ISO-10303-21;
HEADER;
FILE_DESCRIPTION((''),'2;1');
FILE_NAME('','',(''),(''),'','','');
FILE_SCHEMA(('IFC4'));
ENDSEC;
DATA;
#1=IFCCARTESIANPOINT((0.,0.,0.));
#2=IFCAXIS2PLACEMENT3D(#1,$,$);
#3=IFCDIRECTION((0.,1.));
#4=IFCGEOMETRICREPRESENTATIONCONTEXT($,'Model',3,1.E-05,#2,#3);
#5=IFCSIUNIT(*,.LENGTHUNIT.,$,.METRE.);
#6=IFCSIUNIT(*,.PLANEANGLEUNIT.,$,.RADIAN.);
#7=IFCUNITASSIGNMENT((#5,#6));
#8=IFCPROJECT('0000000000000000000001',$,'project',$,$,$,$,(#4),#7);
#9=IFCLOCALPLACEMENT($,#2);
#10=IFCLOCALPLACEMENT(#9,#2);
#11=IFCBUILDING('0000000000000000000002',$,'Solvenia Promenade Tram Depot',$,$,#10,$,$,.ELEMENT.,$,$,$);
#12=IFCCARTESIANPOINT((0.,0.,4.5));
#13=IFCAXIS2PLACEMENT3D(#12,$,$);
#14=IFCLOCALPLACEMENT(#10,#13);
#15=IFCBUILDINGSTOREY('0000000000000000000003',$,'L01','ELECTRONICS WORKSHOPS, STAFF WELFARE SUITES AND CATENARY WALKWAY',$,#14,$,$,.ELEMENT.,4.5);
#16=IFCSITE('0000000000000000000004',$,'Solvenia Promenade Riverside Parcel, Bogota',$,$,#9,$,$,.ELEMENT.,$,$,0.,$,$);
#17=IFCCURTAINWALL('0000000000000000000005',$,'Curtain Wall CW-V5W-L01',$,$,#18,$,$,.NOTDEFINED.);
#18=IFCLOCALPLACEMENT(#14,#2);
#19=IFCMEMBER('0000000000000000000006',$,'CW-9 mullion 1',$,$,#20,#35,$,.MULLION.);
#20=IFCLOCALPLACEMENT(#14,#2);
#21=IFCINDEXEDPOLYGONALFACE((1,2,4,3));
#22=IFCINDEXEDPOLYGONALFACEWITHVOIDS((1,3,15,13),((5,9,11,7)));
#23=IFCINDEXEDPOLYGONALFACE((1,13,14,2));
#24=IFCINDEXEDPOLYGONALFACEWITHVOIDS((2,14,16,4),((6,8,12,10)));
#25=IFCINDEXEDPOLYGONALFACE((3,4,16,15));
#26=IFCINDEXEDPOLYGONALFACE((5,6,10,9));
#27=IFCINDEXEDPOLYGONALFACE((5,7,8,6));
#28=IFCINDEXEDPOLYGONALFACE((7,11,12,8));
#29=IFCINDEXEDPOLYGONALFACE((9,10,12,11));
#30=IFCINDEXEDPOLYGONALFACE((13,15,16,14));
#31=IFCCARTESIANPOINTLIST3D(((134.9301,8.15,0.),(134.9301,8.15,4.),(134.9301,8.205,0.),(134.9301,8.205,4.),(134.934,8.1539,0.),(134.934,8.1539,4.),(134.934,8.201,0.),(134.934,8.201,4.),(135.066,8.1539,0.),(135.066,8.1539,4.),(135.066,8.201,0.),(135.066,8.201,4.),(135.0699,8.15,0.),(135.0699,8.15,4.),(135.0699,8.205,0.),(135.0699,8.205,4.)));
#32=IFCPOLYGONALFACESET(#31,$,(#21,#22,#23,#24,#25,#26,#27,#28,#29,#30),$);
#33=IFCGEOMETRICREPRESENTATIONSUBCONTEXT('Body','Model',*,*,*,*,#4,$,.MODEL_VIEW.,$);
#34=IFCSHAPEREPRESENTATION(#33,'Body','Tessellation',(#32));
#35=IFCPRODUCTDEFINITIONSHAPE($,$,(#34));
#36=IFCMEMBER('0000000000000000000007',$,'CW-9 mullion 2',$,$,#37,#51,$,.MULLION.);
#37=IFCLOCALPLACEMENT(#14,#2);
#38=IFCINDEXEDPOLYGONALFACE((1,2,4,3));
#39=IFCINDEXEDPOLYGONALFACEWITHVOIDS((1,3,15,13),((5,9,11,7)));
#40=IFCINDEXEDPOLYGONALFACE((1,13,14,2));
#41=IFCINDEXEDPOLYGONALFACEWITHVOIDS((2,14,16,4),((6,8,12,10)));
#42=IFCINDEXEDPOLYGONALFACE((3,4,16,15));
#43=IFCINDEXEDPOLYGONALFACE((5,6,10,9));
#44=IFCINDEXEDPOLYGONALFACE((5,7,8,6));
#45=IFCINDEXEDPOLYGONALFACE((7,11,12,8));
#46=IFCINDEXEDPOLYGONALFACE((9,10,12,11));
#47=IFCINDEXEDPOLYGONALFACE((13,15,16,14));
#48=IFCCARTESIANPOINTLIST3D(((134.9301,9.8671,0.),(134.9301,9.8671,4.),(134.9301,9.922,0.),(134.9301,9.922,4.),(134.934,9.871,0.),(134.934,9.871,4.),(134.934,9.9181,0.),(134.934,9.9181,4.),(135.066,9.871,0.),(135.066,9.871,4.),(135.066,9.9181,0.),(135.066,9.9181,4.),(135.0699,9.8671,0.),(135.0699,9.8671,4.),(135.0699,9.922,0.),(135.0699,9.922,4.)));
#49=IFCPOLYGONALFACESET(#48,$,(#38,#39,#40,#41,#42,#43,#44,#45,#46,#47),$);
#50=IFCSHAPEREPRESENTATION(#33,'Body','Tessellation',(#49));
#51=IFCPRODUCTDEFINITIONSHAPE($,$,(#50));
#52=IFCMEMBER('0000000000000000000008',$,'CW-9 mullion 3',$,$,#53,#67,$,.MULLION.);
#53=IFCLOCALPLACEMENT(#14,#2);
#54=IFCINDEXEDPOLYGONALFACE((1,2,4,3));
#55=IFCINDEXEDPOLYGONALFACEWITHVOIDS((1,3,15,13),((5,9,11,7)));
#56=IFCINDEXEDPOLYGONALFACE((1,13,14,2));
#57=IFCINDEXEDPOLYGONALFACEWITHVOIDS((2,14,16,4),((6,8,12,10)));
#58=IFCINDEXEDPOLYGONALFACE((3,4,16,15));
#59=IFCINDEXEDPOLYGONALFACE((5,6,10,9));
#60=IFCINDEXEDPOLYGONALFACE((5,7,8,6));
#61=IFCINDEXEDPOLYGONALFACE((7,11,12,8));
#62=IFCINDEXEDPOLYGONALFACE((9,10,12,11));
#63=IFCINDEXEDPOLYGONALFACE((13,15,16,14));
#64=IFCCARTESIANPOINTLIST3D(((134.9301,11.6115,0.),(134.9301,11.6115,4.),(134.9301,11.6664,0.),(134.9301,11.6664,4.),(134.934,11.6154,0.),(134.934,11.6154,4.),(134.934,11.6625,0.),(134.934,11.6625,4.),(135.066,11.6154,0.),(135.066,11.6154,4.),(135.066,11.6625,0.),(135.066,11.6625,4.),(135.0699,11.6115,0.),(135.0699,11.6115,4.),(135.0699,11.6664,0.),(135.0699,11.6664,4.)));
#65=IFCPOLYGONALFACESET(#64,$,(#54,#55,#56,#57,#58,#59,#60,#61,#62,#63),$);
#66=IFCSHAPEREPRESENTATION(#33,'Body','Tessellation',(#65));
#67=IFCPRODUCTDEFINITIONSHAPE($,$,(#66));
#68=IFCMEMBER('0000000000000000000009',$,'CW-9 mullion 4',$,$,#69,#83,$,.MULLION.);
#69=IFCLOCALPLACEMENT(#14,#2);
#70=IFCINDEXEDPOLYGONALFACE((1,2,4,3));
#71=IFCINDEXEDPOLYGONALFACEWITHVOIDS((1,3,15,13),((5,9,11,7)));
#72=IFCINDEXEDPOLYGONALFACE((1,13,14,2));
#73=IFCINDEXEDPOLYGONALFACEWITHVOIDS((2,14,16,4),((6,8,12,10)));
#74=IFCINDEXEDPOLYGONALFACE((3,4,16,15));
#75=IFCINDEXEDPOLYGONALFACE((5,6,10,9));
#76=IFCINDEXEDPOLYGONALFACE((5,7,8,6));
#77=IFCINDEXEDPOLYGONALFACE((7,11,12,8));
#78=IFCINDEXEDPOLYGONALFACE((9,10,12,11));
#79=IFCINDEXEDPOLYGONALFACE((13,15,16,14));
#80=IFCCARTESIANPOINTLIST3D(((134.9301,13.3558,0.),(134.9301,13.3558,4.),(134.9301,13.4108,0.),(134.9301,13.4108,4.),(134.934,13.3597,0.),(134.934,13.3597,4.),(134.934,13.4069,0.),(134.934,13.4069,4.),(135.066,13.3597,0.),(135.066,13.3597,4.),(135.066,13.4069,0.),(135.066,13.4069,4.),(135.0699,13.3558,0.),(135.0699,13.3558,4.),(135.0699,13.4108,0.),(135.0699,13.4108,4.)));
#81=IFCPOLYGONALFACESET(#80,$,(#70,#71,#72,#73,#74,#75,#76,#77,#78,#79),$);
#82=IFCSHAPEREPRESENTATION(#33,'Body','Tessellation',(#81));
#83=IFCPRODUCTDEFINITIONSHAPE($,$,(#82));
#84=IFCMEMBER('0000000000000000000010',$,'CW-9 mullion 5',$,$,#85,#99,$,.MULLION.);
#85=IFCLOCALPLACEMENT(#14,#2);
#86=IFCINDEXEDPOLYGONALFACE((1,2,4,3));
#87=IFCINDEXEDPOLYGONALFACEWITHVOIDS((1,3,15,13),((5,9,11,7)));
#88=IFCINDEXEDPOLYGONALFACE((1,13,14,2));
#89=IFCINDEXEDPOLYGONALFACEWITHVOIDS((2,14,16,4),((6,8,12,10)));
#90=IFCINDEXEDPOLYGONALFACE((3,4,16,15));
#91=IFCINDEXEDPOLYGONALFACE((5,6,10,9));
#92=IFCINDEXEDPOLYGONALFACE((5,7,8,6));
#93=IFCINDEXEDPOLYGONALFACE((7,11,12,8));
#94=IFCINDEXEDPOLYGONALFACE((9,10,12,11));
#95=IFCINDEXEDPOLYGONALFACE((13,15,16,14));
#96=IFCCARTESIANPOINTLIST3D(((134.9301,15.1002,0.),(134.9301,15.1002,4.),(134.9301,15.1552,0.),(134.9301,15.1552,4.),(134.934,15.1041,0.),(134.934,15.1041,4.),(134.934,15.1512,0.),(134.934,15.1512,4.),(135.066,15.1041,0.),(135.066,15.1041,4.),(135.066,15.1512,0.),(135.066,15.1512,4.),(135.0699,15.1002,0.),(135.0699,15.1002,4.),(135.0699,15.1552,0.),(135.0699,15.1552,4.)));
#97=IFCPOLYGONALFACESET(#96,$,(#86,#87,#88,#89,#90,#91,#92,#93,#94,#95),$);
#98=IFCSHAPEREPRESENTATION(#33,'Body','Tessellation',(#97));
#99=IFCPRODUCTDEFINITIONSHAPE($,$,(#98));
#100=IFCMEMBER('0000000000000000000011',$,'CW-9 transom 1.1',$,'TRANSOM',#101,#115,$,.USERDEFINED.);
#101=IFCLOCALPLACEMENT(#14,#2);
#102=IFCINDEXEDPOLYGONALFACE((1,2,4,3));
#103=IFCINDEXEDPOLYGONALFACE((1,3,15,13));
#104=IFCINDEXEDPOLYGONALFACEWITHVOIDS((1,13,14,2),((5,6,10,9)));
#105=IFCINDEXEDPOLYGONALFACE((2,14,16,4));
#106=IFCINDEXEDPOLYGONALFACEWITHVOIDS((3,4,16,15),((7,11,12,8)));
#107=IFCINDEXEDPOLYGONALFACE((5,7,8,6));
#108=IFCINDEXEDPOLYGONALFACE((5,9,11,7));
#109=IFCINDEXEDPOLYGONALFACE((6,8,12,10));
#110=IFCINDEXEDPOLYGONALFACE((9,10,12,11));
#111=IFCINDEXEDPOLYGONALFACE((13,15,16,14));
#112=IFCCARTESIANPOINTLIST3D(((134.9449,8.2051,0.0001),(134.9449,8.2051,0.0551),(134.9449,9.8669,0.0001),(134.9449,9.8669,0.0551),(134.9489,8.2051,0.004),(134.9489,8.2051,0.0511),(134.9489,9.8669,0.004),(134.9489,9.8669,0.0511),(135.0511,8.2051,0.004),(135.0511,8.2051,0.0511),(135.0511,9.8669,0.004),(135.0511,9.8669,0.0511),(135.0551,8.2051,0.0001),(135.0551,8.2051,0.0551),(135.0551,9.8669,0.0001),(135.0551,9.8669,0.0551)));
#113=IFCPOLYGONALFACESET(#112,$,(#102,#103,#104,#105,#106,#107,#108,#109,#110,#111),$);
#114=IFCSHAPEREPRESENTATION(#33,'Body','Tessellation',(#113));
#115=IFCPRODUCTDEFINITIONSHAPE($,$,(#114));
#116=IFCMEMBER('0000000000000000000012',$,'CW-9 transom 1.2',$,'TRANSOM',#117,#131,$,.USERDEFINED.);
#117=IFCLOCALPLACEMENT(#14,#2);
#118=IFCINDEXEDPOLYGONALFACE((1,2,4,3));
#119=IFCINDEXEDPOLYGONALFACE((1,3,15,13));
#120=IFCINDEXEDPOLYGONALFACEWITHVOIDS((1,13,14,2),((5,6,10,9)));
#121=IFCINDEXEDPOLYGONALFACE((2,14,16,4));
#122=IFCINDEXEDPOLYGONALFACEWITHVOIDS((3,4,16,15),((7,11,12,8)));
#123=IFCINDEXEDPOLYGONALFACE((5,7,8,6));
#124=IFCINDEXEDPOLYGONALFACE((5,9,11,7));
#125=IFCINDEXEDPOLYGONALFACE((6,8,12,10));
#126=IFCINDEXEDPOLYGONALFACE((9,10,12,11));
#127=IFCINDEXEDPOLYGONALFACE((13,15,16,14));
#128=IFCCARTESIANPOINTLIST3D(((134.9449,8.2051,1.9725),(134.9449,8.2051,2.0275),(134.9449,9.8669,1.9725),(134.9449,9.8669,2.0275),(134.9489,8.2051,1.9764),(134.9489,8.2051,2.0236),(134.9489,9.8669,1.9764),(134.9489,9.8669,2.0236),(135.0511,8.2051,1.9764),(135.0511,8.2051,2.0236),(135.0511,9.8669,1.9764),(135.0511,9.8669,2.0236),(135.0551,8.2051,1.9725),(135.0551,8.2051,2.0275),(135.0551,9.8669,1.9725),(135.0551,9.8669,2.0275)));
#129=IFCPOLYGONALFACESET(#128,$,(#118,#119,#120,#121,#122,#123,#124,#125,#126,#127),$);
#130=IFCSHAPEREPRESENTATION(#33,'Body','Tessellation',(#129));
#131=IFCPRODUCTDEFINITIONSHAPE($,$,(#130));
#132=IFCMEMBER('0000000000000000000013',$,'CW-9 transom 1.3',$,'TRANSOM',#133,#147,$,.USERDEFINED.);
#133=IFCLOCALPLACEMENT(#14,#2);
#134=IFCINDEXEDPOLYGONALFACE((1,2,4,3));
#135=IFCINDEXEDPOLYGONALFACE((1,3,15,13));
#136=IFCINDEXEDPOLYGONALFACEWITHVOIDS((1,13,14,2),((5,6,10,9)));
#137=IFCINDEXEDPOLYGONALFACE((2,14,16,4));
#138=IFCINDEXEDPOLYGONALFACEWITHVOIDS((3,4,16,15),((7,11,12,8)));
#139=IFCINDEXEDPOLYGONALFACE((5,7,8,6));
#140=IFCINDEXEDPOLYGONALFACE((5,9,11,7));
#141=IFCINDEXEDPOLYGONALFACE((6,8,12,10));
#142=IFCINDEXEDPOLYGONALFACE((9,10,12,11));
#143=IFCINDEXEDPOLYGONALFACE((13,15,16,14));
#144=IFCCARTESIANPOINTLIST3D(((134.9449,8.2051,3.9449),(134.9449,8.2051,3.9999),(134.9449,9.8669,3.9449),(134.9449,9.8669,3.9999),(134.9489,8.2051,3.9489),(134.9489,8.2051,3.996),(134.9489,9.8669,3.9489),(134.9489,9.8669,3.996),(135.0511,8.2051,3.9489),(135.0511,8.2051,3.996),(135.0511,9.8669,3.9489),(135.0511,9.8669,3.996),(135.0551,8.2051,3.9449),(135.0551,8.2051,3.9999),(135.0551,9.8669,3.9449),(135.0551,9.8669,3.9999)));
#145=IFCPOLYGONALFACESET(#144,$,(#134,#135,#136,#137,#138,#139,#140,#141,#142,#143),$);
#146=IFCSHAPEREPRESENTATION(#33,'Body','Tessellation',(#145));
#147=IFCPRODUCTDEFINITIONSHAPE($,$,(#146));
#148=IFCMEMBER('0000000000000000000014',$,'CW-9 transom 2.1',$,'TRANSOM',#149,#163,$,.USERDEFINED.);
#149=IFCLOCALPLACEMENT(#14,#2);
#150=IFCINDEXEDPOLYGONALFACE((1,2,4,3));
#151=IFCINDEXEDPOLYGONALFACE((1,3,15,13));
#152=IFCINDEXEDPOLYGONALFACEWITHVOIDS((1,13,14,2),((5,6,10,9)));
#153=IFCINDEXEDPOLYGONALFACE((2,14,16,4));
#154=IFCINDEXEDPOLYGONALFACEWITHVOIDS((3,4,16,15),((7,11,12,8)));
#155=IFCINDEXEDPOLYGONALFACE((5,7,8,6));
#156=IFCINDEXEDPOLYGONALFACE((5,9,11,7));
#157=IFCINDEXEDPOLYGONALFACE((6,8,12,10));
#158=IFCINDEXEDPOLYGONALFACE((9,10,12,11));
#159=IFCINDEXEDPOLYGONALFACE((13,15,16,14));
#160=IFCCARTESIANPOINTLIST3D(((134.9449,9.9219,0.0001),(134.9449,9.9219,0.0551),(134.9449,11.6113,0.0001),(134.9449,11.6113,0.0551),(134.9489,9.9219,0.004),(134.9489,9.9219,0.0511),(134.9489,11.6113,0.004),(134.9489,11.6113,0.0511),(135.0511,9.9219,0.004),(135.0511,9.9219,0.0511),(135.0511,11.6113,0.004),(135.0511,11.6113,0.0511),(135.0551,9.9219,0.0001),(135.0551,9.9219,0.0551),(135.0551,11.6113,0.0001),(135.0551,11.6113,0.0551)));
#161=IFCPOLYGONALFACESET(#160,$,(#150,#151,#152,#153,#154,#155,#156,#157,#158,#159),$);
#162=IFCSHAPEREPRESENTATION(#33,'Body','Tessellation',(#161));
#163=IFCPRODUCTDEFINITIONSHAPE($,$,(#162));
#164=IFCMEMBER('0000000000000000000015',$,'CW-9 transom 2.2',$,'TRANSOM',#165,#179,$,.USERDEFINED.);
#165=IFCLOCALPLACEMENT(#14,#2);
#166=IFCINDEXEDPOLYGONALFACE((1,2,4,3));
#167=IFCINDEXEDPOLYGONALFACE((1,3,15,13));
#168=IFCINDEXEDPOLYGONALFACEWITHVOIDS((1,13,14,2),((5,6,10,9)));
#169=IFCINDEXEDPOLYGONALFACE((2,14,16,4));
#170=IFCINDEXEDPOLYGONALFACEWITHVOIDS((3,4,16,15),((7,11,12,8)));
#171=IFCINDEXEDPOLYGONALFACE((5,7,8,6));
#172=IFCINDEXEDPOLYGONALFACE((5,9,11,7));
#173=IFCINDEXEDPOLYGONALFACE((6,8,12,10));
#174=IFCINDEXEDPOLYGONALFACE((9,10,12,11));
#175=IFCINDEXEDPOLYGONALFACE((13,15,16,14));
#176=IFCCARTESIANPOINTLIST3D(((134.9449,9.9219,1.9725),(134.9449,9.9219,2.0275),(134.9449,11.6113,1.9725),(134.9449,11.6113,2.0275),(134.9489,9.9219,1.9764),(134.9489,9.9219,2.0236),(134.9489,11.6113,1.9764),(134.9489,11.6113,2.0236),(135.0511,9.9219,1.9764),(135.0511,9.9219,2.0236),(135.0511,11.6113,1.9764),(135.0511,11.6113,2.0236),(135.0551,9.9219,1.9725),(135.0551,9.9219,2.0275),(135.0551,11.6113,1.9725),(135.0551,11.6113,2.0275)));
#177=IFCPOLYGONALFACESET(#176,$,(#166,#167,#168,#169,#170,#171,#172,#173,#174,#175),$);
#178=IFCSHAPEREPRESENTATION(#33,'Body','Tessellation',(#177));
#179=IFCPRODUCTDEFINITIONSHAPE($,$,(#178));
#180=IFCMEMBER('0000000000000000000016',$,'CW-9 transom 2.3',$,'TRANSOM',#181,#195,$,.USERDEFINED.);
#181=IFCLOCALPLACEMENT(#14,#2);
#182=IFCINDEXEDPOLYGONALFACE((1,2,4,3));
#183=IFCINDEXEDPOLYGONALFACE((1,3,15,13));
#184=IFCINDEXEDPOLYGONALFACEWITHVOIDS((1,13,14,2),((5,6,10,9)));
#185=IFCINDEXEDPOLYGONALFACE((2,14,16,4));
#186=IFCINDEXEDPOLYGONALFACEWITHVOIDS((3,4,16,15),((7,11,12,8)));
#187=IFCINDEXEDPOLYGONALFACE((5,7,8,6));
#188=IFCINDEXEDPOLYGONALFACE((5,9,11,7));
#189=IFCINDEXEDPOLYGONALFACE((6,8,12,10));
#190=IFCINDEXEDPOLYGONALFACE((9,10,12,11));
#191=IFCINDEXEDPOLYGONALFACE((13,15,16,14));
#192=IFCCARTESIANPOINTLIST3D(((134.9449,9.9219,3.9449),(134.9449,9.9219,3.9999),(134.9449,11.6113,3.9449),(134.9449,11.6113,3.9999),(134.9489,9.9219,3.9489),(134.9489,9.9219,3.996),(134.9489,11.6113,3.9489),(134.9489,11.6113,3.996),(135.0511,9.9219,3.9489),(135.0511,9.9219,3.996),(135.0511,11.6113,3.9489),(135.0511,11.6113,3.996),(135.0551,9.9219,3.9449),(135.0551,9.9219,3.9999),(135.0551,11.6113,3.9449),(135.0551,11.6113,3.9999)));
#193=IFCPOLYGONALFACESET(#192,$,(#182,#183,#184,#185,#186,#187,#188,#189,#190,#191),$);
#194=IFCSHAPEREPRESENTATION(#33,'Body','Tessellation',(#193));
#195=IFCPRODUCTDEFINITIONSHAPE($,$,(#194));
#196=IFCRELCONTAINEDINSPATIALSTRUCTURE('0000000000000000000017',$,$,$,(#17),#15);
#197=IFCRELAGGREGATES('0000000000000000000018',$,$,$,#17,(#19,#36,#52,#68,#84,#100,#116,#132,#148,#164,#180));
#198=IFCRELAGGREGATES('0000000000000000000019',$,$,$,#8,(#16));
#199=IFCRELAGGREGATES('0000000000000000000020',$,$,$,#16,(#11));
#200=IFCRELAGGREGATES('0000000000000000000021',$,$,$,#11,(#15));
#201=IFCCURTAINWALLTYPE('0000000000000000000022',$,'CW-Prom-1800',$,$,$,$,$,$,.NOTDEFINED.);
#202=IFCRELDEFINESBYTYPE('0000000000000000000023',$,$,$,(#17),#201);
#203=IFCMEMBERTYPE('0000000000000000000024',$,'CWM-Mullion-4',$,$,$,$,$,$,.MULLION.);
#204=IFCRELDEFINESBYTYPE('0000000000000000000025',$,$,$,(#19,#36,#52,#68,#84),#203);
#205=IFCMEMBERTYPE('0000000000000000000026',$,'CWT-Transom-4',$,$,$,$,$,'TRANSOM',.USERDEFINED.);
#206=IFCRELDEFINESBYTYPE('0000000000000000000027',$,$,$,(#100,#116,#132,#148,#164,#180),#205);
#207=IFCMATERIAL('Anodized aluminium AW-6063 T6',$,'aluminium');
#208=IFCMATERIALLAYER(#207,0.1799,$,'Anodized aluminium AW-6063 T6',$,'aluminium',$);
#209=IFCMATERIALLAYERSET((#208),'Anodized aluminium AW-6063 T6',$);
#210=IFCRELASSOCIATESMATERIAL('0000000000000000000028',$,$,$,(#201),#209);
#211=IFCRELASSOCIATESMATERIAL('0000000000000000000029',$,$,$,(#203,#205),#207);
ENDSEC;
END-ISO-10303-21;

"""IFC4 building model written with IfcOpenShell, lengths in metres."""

from ifc_helpers import new_model, si_unit, direction, frame, origin, origin_2d, place, context, subcontext, project, spatial, hollow_rectangle, extrude, material, layer, layer_set, material_profile, profile_set, type_object, element, aggregate, save


model = new_model("IFC4")

# Units and contexts
model_context = context("Model", 3, precision=1e-05, world=origin(), true_north=direction((0.0, 1.0)))
body_context = subcontext(model_context, "Body", "Model", "MODEL_VIEW")
ifc_project = project(units=[si_unit("LENGTHUNIT", "METRE"), si_unit("PLANEANGLEUNIT", "RADIAN")], contexts=[model_context])

# Site, building, storey
site_placement = place(None, origin())
site = spatial("IfcSite", under=ifc_project, at=site_placement, Name="Solvenia Promenade Riverside Parcel, Bogota", CompositionType="ELEMENT", RefElevation=0.0)
building_placement = place(site_placement, origin())
building = spatial("IfcBuilding", under=site, at=building_placement, Name="Solvenia Promenade Tram Depot", CompositionType="ELEMENT")
storey_placement = place(building_placement, frame((0.0, 0.0, 4.5)))
storey = spatial("IfcBuildingStorey", under=building, at=storey_placement, Name="L01", Description="ELECTRONICS WORKSHOPS, STAFF WELFARE SUITES AND CATENARY WALKWAY", CompositionType="ELEMENT", Elevation=4.5)

# Curtain wall, members
ifc_material_1 = material(Name="Anodized aluminium AW-6063 T6", Category="aluminium")
ifc_layer_1 = layer(ifc_material_1, 0.1799, Name="Anodized aluminium AW-6063 T6", Category="aluminium")
ifc_layer_set_1 = layer_set([ifc_layer_1], Name="Anodized aluminium AW-6063 T6")
curtain_wall_type = type_object("IfcCurtainWallType", Name="CW-Prom-1800", PredefinedType="NOTDEFINED", material=ifc_layer_set_1)
curtain_wall_placement = place(storey_placement, origin())
curtain_wall = element("IfcCurtainWall", 1, at=curtain_wall_placement, inside=storey, type_object=curtain_wall_type, Name="Curtain Wall CW-V5W-L01", PredefinedType="NOTDEFINED")
ifc_material_profile_1 = material_profile(ifc_material_1, hollow_rectangle(XDim=0.1399, YDim=0.0549, WallThickness=0.0039, at=origin_2d()), Name="ALU-M4", Category="aluminium")
ifc_profile_set_1 = profile_set([ifc_material_profile_1], Name="Anodized aluminium AW-6063 T6")
member_type_1 = type_object("IfcMemberType", Name="CWM-Mullion-4", PredefinedType="MULLION", material=ifc_profile_set_1)
member_1_placement = place(storey_placement, frame((135.0, 8.1775, 0.0), z_axis=(0.0, 0.0, 1.0), x_axis=(-1.0, 0.0, 0.0)))
member_1 = element("IfcMember", 2, at=member_1_placement, type_object=member_type_1, Name="CW-9 mullion 1", PredefinedType="MULLION", context=body_context, shape_type="SweptSolid", body=[
    extrude(hollow_rectangle(XDim=0.1399, YDim=0.0549, WallThickness=0.0039, at=origin_2d()), origin(), (0.0, 0.0, 1.0), 4.0),
])
member_2_placement = place(storey_placement, frame((135.0, 9.8945, 0.0), z_axis=(0.0, 0.0, 1.0), x_axis=(-1.0, 0.0, 0.0)))
member_2 = element("IfcMember", 3, at=member_2_placement, type_object=member_type_1, Name="CW-9 mullion 2", PredefinedType="MULLION", context=body_context, shape_type="SweptSolid", body=[
    extrude(hollow_rectangle(XDim=0.1399, YDim=0.0549, WallThickness=0.0039, at=origin_2d()), origin(), (0.0, 0.0, 1.0), 4.0),
])
member_3_placement = place(storey_placement, frame((135.0, 11.6389, 0.0), z_axis=(0.0, 0.0, 1.0), x_axis=(-1.0, 0.0, 0.0)))
member_3 = element("IfcMember", 4, at=member_3_placement, type_object=member_type_1, Name="CW-9 mullion 3", PredefinedType="MULLION", context=body_context, shape_type="SweptSolid", body=[
    extrude(hollow_rectangle(XDim=0.1399, YDim=0.0549, WallThickness=0.0039, at=origin_2d()), origin(), (0.0, 0.0, 1.0), 4.0),
])
member_4_placement = place(storey_placement, frame((135.0, 13.3833, 0.0), z_axis=(0.0, 0.0, 1.0), x_axis=(-1.0, 0.0, 0.0)))
member_4 = element("IfcMember", 5, at=member_4_placement, type_object=member_type_1, Name="CW-9 mullion 4", PredefinedType="MULLION", context=body_context, shape_type="SweptSolid", body=[
    extrude(hollow_rectangle(XDim=0.1399, YDim=0.0549, WallThickness=0.0039, at=origin_2d()), origin(), (0.0, 0.0, 1.0), 4.0),
])
member_5_placement = place(storey_placement, frame((135.0, 15.1277, 0.0), z_axis=(0.0, 0.0, 1.0), x_axis=(-1.0, 0.0, 0.0)))
member_5 = element("IfcMember", 6, at=member_5_placement, type_object=member_type_1, Name="CW-9 mullion 5", PredefinedType="MULLION", context=body_context, shape_type="SweptSolid", body=[
    extrude(hollow_rectangle(XDim=0.1399, YDim=0.0549, WallThickness=0.0039, at=origin_2d()), origin(), (0.0, 0.0, 1.0), 4.0),
])
ifc_material_profile_2 = material_profile(ifc_material_1, hollow_rectangle(XDim=0.1101, YDim=0.0549, WallThickness=0.0039, at=origin_2d()), Name="ALU-T4", Category="aluminium")
ifc_profile_set_2 = profile_set([ifc_material_profile_2], Name="Anodized aluminium AW-6063 T6")
member_type_2 = type_object("IfcMemberType", Name="CWT-Transom-4", ElementType="TRANSOM", PredefinedType="USERDEFINED", material=ifc_profile_set_2)
member_6_placement = place(storey_placement, frame((135.0, 8.2051, 0.0276), z_axis=(0.0, 1.0, 0.0), x_axis=(-1.0, 0.0, 0.0)))
member_6 = element("IfcMember", 7, at=member_6_placement, type_object=member_type_2, Name="CW-9 transom 1.1", ObjectType="TRANSOM", PredefinedType="USERDEFINED", context=body_context, shape_type="SweptSolid", body=[
    extrude(hollow_rectangle(XDim=0.1101, YDim=0.0549, WallThickness=0.0039, at=origin_2d()), origin(), (0.0, 0.0, 1.0), 1.6619),
])
member_7_placement = place(storey_placement, frame((135.0, 8.2051, 2.0), z_axis=(0.0, 1.0, 0.0), x_axis=(-1.0, 0.0, 0.0)))
member_7 = element("IfcMember", 8, at=member_7_placement, type_object=member_type_2, Name="CW-9 transom 1.2", ObjectType="TRANSOM", PredefinedType="USERDEFINED", context=body_context, shape_type="SweptSolid", body=[
    extrude(hollow_rectangle(XDim=0.1101, YDim=0.0549, WallThickness=0.0039, at=origin_2d()), origin(), (0.0, 0.0, 1.0), 1.6619),
])
member_8_placement = place(storey_placement, frame((135.0, 8.2051, 3.9724), z_axis=(0.0, 1.0, 0.0), x_axis=(-1.0, 0.0, 0.0)))
member_8 = element("IfcMember", 9, at=member_8_placement, type_object=member_type_2, Name="CW-9 transom 1.3", ObjectType="TRANSOM", PredefinedType="USERDEFINED", context=body_context, shape_type="SweptSolid", body=[
    extrude(hollow_rectangle(XDim=0.1101, YDim=0.0549, WallThickness=0.0039, at=origin_2d()), origin(), (0.0, 0.0, 1.0), 1.6619),
])
member_9_placement = place(storey_placement, frame((135.0, 9.9219, 0.0276), z_axis=(0.0, 1.0, 0.0), x_axis=(-1.0, 0.0, 0.0)))
member_9 = element("IfcMember", 10, at=member_9_placement, type_object=member_type_2, Name="CW-9 transom 2.1", ObjectType="TRANSOM", PredefinedType="USERDEFINED", context=body_context, shape_type="SweptSolid", body=[
    extrude(hollow_rectangle(XDim=0.1101, YDim=0.0549, WallThickness=0.0039, at=origin_2d()), origin(), (0.0, 0.0, 1.0), 1.6895),
])
member_10_placement = place(storey_placement, frame((135.0, 9.9219, 2.0), z_axis=(0.0, 1.0, 0.0), x_axis=(-1.0, 0.0, 0.0)))
member_10 = element("IfcMember", 11, at=member_10_placement, type_object=member_type_2, Name="CW-9 transom 2.2", ObjectType="TRANSOM", PredefinedType="USERDEFINED", context=body_context, shape_type="SweptSolid", body=[
    extrude(hollow_rectangle(XDim=0.1101, YDim=0.0549, WallThickness=0.0039, at=origin_2d()), origin(), (0.0, 0.0, 1.0), 1.6895),
])
member_11_placement = place(storey_placement, frame((135.0, 9.9219, 3.9724), z_axis=(0.0, 1.0, 0.0), x_axis=(-1.0, 0.0, 0.0)))
member_11 = element("IfcMember", 12, at=member_11_placement, type_object=member_type_2, Name="CW-9 transom 2.3", ObjectType="TRANSOM", PredefinedType="USERDEFINED", context=body_context, shape_type="SweptSolid", body=[
    extrude(hollow_rectangle(XDim=0.1101, YDim=0.0549, WallThickness=0.0039, at=origin_2d()), origin(), (0.0, 0.0, 1.0), 1.6895),
])

aggregate(curtain_wall, [member_1, member_2, member_3, member_4, member_5, member_6, member_7, member_8, member_9, member_10, member_11])

save(model, "model.ifc")
